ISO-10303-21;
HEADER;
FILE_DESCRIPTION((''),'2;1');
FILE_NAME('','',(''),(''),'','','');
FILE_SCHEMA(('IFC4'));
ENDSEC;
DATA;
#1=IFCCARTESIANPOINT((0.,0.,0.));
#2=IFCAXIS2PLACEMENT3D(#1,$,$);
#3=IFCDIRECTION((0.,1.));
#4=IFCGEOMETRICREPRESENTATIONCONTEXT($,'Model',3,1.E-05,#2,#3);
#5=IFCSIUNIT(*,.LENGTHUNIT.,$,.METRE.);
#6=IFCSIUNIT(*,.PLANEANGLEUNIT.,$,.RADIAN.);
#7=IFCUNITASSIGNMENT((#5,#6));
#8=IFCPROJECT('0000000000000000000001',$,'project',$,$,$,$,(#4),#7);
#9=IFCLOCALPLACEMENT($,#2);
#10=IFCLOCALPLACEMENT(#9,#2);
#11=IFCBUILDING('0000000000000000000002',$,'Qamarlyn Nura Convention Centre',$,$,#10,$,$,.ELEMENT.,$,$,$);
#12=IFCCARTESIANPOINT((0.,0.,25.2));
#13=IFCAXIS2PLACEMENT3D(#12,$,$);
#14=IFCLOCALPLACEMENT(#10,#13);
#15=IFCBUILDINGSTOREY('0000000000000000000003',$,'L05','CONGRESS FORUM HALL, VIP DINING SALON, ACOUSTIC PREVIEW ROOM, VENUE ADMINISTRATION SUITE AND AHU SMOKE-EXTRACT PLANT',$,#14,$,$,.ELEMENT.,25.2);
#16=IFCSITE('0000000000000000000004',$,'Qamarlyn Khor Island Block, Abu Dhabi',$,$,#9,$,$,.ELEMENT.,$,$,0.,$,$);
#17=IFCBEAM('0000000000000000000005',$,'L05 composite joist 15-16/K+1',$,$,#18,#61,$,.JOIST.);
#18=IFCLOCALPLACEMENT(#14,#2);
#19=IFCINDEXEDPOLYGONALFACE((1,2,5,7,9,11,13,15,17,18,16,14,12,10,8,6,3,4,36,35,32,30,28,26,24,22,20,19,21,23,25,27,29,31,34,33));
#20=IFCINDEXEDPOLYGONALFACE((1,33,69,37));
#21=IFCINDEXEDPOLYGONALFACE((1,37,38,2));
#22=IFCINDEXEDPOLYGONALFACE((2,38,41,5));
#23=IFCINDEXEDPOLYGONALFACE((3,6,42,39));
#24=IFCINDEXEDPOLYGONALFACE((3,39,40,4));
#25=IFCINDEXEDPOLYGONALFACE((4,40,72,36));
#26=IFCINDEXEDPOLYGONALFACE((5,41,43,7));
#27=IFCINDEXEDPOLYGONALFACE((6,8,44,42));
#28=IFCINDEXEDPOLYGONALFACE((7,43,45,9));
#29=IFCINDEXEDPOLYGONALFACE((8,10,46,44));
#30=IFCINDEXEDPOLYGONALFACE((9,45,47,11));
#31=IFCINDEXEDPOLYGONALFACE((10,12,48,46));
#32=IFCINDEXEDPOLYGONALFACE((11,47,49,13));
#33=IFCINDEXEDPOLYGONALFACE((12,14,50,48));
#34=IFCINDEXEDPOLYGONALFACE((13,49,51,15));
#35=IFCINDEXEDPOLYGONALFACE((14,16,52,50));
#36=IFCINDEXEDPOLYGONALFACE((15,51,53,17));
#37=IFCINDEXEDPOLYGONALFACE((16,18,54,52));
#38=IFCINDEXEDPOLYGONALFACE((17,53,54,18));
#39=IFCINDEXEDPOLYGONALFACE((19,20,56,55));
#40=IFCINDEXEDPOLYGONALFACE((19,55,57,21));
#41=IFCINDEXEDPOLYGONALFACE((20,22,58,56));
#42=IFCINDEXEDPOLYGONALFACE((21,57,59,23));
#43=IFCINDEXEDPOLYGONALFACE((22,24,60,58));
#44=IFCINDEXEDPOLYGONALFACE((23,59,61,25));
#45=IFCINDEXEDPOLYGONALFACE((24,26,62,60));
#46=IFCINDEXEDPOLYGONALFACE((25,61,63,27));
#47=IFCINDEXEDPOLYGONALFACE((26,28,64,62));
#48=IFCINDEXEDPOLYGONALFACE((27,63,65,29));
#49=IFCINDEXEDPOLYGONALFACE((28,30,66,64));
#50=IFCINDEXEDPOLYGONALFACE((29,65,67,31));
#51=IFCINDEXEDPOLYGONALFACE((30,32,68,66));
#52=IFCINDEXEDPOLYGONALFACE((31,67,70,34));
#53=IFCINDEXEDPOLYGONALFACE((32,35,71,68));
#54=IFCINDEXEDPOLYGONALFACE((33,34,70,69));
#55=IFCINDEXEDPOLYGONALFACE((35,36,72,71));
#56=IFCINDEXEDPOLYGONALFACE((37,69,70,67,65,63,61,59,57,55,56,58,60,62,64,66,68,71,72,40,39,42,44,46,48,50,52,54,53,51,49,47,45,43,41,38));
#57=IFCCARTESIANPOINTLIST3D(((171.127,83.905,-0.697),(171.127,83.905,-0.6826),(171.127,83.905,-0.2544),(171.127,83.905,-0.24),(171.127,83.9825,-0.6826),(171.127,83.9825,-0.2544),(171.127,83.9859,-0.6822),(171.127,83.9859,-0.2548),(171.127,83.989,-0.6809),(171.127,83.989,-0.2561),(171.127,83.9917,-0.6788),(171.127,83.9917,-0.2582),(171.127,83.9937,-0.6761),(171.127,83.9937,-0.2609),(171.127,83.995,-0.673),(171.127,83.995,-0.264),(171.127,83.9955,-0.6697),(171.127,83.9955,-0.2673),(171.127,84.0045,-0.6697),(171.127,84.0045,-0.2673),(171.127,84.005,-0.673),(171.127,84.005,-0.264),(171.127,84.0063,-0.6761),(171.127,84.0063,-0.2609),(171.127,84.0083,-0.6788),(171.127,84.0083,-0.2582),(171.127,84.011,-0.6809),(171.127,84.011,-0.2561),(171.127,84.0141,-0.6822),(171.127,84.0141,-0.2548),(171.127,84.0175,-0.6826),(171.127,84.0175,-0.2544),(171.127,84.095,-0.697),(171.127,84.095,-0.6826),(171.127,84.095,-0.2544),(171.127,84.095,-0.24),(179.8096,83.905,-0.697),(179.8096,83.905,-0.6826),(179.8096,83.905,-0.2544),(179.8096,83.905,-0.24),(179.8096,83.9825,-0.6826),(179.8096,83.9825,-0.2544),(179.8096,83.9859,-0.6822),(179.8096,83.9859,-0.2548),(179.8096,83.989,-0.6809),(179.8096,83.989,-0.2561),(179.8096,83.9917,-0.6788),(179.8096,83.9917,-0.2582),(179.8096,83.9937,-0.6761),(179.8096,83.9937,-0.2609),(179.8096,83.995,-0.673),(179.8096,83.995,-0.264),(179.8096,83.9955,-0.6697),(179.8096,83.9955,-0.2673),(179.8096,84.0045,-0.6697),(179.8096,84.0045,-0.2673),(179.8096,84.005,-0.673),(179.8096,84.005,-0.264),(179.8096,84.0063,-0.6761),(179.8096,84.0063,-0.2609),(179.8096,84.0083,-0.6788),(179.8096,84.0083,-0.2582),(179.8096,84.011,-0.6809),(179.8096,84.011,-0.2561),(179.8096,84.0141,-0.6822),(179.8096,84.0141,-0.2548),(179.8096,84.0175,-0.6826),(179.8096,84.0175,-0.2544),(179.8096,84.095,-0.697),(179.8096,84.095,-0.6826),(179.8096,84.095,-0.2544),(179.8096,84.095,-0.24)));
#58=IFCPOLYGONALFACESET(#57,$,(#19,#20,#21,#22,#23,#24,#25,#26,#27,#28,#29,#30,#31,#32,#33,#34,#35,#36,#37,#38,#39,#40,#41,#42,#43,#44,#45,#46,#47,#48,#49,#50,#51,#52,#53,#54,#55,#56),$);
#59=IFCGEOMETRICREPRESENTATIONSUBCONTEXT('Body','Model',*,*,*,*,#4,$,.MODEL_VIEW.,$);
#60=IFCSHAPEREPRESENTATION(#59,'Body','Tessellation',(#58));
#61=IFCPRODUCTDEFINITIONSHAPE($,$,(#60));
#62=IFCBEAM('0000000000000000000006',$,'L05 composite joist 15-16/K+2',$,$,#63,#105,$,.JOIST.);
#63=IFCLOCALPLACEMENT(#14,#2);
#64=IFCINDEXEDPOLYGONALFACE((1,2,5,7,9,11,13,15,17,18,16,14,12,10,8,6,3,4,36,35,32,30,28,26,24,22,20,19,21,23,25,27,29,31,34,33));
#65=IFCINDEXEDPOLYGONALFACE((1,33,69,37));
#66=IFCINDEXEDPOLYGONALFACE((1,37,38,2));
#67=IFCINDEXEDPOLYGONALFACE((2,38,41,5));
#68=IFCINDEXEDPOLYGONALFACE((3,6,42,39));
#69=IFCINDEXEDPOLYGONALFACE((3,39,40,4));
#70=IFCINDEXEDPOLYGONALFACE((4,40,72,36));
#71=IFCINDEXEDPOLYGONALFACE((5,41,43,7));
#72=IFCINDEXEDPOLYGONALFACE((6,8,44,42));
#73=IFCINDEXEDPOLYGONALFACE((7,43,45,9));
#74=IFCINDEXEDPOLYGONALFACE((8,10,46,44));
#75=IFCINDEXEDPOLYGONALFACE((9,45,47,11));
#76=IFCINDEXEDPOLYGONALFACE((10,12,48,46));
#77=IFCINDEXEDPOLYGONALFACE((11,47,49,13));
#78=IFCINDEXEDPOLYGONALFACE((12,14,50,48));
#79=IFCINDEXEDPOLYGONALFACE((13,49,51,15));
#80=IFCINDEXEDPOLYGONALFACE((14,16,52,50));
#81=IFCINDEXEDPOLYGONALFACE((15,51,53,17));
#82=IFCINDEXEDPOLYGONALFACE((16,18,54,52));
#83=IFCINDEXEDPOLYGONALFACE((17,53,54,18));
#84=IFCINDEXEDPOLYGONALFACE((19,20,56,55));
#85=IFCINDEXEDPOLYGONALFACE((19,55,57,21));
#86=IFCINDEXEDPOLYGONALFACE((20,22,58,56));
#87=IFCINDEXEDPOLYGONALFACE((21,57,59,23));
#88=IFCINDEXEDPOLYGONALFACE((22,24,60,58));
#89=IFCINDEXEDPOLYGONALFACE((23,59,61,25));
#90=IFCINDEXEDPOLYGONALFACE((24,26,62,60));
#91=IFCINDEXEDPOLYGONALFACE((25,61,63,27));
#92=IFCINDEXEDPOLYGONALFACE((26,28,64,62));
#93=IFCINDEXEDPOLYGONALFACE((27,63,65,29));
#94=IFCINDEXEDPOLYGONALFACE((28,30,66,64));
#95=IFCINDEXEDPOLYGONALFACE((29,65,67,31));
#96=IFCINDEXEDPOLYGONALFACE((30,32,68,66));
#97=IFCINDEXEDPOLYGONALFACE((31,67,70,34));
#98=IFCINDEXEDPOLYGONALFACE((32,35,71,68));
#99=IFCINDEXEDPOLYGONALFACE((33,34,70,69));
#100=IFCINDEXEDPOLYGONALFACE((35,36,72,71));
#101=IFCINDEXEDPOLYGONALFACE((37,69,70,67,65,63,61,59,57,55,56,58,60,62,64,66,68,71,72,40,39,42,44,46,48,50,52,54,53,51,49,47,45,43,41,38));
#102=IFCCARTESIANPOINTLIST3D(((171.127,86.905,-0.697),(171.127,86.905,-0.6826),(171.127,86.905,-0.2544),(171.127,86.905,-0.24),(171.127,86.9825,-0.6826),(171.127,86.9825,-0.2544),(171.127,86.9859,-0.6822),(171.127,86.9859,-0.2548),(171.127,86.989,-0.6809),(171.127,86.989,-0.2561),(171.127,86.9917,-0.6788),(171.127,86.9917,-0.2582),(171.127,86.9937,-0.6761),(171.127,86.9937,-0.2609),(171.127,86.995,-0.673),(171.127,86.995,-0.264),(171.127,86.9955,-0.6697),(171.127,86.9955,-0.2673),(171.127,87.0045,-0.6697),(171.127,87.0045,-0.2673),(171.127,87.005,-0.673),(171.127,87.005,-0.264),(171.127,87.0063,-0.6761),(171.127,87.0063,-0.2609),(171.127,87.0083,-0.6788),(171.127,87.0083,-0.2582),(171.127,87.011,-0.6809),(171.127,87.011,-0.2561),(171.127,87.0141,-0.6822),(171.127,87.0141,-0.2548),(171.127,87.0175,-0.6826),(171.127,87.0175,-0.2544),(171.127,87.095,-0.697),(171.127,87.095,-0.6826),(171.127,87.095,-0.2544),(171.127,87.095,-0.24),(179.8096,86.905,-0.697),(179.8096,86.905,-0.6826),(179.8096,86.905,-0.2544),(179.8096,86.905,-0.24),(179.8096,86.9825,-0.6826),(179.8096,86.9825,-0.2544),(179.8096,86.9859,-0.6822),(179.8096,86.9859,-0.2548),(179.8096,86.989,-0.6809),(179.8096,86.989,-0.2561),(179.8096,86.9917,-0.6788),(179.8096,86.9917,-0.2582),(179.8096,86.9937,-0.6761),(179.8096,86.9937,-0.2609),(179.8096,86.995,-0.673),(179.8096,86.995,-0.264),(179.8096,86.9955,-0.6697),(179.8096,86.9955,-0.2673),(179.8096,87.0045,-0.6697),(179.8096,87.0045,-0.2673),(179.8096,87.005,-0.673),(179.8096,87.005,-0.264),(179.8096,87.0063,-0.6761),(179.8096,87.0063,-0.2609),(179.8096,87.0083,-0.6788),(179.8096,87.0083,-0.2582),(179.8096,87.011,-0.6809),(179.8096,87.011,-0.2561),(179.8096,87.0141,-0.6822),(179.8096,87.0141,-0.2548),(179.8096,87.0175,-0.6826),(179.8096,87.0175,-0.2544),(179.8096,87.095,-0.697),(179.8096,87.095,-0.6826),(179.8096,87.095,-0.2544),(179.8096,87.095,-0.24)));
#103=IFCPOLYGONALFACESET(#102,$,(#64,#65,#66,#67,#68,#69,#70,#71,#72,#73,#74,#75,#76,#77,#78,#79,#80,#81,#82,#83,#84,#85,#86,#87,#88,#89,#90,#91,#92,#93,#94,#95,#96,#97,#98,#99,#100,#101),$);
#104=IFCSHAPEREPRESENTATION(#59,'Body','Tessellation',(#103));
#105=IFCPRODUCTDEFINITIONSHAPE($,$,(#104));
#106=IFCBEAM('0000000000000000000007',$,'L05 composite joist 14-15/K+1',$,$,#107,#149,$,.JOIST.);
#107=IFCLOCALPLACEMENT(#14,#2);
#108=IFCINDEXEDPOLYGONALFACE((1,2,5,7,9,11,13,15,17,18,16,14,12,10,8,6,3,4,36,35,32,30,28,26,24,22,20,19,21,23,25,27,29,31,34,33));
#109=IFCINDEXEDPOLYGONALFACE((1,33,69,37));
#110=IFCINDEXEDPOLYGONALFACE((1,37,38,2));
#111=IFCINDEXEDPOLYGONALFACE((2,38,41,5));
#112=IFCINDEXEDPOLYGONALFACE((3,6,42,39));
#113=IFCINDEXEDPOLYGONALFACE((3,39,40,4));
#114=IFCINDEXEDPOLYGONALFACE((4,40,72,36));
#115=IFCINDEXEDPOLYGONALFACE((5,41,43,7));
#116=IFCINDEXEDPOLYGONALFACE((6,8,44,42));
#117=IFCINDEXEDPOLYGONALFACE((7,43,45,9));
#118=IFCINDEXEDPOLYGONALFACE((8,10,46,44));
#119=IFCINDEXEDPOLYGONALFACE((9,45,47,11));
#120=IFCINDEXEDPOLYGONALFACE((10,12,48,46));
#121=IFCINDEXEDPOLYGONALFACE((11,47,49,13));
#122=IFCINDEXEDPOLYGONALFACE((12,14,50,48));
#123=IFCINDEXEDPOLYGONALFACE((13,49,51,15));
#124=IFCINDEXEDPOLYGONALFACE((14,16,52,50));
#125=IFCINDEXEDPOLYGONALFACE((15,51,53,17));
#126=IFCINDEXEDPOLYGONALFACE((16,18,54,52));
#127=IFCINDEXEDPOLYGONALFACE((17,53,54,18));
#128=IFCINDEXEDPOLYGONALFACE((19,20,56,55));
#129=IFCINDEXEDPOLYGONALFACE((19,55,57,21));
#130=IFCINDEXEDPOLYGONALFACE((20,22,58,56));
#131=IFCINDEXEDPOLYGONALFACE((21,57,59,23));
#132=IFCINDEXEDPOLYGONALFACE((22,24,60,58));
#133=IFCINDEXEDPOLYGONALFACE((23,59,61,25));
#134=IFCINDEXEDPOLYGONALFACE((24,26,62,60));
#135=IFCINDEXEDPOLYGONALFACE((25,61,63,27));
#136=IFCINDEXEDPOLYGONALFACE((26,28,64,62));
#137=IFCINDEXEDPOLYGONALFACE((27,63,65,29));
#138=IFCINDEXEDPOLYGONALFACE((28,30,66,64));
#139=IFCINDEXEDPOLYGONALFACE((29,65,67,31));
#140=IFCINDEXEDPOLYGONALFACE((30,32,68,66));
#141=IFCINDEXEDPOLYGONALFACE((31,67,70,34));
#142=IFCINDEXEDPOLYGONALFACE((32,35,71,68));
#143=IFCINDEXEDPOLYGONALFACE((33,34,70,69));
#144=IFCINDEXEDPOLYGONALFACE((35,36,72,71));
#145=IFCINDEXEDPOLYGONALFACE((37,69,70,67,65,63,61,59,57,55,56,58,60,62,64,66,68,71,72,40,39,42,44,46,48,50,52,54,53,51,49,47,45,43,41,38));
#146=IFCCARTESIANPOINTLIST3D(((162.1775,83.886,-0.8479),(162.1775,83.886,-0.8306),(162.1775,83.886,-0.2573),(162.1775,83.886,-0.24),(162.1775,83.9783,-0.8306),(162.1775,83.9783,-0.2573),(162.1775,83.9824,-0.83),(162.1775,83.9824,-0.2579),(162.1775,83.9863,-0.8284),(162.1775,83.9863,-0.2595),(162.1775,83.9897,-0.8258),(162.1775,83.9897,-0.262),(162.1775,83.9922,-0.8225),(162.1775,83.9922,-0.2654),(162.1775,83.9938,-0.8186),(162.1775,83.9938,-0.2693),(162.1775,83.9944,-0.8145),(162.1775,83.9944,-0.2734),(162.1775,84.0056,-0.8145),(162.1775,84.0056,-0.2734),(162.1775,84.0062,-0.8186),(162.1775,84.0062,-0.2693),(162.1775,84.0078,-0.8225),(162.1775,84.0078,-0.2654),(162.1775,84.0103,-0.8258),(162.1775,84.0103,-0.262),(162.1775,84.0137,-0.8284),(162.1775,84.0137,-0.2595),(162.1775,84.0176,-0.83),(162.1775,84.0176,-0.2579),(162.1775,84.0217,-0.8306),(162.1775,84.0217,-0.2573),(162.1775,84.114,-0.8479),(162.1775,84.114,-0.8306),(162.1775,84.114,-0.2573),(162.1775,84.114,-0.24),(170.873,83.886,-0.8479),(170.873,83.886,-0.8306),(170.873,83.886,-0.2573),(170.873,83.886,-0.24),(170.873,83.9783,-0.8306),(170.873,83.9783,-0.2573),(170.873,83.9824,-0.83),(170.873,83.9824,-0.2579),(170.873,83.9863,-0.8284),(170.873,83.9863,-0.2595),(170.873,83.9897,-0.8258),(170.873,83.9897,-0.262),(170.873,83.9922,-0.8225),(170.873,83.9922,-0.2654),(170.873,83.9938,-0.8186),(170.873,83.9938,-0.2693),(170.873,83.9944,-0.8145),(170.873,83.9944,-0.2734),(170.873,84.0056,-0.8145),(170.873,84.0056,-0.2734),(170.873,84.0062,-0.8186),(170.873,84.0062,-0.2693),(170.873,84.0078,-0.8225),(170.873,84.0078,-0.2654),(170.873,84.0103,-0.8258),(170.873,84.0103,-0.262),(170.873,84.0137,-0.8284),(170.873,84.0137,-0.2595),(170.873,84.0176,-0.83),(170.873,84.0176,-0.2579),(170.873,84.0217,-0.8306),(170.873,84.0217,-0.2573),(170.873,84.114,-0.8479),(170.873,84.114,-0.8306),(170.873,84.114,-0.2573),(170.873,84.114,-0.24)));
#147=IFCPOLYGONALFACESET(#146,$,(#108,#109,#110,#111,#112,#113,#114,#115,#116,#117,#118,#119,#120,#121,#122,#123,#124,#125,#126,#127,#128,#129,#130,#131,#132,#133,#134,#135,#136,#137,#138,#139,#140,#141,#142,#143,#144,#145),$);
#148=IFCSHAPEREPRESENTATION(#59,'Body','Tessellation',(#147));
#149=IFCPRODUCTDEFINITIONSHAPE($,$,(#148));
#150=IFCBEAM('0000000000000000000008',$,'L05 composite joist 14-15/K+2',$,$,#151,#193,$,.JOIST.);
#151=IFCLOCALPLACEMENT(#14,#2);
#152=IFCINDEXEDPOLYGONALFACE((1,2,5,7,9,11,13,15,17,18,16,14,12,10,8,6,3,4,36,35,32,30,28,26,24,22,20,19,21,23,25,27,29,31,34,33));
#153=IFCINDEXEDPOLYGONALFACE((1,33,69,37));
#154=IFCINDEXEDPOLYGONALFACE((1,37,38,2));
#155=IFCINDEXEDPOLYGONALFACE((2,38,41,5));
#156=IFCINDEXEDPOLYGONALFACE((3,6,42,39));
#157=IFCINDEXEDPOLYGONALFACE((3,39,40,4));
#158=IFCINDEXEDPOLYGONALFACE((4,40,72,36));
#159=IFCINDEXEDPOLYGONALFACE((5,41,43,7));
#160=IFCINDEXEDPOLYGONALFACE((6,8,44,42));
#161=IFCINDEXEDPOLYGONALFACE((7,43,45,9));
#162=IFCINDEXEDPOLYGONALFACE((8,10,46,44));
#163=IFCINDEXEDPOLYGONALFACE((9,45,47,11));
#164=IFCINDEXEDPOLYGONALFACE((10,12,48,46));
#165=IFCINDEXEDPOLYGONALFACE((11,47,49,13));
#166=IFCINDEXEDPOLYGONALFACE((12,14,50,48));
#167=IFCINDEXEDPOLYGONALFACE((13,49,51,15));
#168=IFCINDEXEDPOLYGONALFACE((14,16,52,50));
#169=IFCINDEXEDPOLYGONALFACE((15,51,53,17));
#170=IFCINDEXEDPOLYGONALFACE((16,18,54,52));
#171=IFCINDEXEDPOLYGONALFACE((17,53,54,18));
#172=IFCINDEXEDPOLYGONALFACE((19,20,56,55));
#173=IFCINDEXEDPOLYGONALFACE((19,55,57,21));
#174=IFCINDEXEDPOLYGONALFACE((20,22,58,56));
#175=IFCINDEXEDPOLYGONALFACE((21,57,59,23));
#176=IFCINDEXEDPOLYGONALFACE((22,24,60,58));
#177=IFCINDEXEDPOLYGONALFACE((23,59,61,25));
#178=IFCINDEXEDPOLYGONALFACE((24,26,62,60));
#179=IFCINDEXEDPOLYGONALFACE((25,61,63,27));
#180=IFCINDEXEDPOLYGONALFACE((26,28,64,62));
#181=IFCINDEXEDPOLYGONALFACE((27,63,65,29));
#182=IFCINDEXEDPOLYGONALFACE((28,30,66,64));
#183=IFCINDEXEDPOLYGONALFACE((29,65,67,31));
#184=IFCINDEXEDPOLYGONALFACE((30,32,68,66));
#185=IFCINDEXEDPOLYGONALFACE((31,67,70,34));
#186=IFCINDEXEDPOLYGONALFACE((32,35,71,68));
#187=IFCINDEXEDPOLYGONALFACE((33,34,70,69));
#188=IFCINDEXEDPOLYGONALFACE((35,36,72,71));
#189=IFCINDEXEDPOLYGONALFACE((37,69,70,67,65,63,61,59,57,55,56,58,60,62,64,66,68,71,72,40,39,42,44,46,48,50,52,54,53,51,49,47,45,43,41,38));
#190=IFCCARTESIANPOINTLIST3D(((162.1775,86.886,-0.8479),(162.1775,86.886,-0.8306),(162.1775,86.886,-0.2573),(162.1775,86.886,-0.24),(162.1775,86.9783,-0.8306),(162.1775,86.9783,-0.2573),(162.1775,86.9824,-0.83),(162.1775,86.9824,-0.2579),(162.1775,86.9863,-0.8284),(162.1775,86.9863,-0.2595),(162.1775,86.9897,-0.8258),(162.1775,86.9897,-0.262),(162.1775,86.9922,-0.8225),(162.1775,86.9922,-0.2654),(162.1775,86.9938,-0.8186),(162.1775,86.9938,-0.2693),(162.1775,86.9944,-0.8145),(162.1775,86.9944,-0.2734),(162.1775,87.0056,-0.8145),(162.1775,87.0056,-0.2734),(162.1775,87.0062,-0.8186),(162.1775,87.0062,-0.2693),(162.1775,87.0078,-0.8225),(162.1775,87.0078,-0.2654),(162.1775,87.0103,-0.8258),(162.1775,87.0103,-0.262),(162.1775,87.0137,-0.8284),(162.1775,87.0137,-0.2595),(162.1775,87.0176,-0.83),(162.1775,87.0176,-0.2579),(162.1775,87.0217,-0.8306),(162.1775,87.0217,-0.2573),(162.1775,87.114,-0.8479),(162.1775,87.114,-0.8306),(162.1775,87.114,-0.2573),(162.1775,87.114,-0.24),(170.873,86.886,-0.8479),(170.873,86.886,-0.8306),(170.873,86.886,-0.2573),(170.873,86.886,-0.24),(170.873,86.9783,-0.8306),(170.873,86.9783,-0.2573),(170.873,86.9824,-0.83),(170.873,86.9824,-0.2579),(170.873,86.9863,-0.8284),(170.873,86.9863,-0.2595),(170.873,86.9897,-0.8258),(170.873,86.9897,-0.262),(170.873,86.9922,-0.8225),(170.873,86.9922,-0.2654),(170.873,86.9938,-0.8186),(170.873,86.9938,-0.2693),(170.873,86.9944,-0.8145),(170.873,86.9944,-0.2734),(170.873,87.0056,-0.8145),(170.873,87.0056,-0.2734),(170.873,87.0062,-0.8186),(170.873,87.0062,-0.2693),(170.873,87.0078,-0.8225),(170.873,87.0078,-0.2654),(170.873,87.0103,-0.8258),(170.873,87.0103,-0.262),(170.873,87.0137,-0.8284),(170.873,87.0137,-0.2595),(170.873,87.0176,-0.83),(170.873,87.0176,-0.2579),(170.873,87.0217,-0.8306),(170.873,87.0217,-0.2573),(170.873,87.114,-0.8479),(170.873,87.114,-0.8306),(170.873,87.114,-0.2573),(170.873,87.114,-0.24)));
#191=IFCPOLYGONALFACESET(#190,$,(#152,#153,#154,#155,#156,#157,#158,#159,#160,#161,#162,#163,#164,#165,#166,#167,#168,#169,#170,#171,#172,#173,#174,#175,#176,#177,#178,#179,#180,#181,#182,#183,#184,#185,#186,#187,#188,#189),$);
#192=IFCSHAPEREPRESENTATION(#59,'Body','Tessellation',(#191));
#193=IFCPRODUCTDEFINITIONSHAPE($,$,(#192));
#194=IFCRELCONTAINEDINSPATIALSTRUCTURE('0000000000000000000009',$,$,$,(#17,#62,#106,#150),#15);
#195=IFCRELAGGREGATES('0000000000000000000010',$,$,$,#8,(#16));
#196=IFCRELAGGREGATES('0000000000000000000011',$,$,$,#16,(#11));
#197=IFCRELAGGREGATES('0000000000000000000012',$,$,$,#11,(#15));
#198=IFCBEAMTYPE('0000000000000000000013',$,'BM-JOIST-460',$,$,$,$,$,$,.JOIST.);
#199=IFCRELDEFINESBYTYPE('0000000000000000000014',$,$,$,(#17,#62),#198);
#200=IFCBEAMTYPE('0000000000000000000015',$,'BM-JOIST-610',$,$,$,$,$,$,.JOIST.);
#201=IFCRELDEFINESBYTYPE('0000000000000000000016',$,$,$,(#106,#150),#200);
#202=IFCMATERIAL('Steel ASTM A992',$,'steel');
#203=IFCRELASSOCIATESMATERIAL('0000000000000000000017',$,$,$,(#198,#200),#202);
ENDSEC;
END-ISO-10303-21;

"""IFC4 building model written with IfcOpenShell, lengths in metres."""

from ifc_helpers import new_model, si_unit, direction, frame, origin, origin_2d, place, context, subcontext, project, spatial, i_section, extrude, material, material_profile, profile_set, type_object, element, save


model = new_model("IFC4")

# Units and contexts
model_context = context("Model", 3, precision=1e-05, world=origin(), true_north=direction((0.0, 1.0)))
body_context = subcontext(model_context, "Body", "Model", "MODEL_VIEW")
ifc_project = project(units=[si_unit("LENGTHUNIT", "METRE"), si_unit("PLANEANGLEUNIT", "RADIAN")], contexts=[model_context])

# Site, building, storey
site_placement = place(None, origin())
site = spatial("IfcSite", under=ifc_project, at=site_placement, Name="Qamarlyn Khor Island Block, Abu Dhabi", CompositionType="ELEMENT", RefElevation=0.0)
building_placement = place(site_placement, origin())
building = spatial("IfcBuilding", under=site, at=building_placement, Name="Qamarlyn Nura Convention Centre", CompositionType="ELEMENT")
storey_placement = place(building_placement, frame((0.0, 0.0, 25.2)))
storey = spatial("IfcBuildingStorey", under=building, at=storey_placement, Name="L05", Description="CONGRESS FORUM HALL, VIP DINING SALON, ACOUSTIC PREVIEW ROOM, VENUE ADMINISTRATION SUITE AND AHU SMOKE-EXTRACT PLANT", CompositionType="ELEMENT", Elevation=25.2)

# Shared definitions
ifc_material_1 = material(Name="Steel ASTM A992", Category="steel")

# Beams
ifc_material_profile_1 = material_profile(ifc_material_1, i_section(OverallWidth=0.1899, OverallDepth=0.457, WebThickness=0.009, FlangeThickness=0.0144, FilletRadius=0.0129, at=origin_2d()), Name="W460X74")
ifc_profile_set_1 = profile_set([ifc_material_profile_1], Name="Steel ASTM A992")
beam_type_1 = type_object("IfcBeamType", Name="BM-JOIST-460", PredefinedType="JOIST", material=ifc_profile_set_1)
for number, where, z_axis, x_axis, name in (
    (1, (171.127, 84.0, -0.4685), (1.0, 0.0, 0.0), (0.0, 1.0, 0.0), "L05 composite joist 15-16/K+1"),
    (2, (171.127, 87.0, -0.4685), (1.0, 0.0, 0.0), (0.0, 1.0, 0.0), "L05 composite joist 15-16/K+2"),
):
    element("IfcBeam", number, at=place(storey_placement, frame(where, z_axis=z_axis, x_axis=x_axis)), inside=storey, type_object=beam_type_1, Name=name, PredefinedType="JOIST", context=body_context, shape_type="SweptSolid", body=[
        extrude(i_section(OverallWidth=0.1899, OverallDepth=0.457, WebThickness=0.009, FlangeThickness=0.0144, FilletRadius=0.0129, at=origin_2d()), origin(), (0.0, 0.0, 1.0), 8.6826),
    ])
ifc_material_profile_2 = material_profile(ifc_material_1, i_section(OverallWidth=0.228, OverallDepth=0.6079, WebThickness=0.0112, FlangeThickness=0.0173, FilletRadius=0.0161, at=origin_2d()), Name="W610X113")
ifc_profile_set_2 = profile_set([ifc_material_profile_2], Name="Steel ASTM A992")
beam_type_2 = type_object("IfcBeamType", Name="BM-JOIST-610", PredefinedType="JOIST", material=ifc_profile_set_2)
for number, where, z_axis, x_axis, name in (
    (3, (162.1775, 84.0, -0.5439), (1.0, 0.0, 0.0), (0.0, 1.0, 0.0), "L05 composite joist 14-15/K+1"),
    (4, (162.1775, 87.0, -0.5439), (1.0, 0.0, 0.0), (0.0, 1.0, 0.0), "L05 composite joist 14-15/K+2"),
):
    element("IfcBeam", number, at=place(storey_placement, frame(where, z_axis=z_axis, x_axis=x_axis)), inside=storey, type_object=beam_type_2, Name=name, PredefinedType="JOIST", context=body_context, shape_type="SweptSolid", body=[
        extrude(i_section(OverallWidth=0.228, OverallDepth=0.6079, WebThickness=0.0112, FlangeThickness=0.0173, FilletRadius=0.0161, at=origin_2d()), origin(), (0.0, 0.0, 1.0), 8.6956),
    ])

save(model, "model.ifc")
